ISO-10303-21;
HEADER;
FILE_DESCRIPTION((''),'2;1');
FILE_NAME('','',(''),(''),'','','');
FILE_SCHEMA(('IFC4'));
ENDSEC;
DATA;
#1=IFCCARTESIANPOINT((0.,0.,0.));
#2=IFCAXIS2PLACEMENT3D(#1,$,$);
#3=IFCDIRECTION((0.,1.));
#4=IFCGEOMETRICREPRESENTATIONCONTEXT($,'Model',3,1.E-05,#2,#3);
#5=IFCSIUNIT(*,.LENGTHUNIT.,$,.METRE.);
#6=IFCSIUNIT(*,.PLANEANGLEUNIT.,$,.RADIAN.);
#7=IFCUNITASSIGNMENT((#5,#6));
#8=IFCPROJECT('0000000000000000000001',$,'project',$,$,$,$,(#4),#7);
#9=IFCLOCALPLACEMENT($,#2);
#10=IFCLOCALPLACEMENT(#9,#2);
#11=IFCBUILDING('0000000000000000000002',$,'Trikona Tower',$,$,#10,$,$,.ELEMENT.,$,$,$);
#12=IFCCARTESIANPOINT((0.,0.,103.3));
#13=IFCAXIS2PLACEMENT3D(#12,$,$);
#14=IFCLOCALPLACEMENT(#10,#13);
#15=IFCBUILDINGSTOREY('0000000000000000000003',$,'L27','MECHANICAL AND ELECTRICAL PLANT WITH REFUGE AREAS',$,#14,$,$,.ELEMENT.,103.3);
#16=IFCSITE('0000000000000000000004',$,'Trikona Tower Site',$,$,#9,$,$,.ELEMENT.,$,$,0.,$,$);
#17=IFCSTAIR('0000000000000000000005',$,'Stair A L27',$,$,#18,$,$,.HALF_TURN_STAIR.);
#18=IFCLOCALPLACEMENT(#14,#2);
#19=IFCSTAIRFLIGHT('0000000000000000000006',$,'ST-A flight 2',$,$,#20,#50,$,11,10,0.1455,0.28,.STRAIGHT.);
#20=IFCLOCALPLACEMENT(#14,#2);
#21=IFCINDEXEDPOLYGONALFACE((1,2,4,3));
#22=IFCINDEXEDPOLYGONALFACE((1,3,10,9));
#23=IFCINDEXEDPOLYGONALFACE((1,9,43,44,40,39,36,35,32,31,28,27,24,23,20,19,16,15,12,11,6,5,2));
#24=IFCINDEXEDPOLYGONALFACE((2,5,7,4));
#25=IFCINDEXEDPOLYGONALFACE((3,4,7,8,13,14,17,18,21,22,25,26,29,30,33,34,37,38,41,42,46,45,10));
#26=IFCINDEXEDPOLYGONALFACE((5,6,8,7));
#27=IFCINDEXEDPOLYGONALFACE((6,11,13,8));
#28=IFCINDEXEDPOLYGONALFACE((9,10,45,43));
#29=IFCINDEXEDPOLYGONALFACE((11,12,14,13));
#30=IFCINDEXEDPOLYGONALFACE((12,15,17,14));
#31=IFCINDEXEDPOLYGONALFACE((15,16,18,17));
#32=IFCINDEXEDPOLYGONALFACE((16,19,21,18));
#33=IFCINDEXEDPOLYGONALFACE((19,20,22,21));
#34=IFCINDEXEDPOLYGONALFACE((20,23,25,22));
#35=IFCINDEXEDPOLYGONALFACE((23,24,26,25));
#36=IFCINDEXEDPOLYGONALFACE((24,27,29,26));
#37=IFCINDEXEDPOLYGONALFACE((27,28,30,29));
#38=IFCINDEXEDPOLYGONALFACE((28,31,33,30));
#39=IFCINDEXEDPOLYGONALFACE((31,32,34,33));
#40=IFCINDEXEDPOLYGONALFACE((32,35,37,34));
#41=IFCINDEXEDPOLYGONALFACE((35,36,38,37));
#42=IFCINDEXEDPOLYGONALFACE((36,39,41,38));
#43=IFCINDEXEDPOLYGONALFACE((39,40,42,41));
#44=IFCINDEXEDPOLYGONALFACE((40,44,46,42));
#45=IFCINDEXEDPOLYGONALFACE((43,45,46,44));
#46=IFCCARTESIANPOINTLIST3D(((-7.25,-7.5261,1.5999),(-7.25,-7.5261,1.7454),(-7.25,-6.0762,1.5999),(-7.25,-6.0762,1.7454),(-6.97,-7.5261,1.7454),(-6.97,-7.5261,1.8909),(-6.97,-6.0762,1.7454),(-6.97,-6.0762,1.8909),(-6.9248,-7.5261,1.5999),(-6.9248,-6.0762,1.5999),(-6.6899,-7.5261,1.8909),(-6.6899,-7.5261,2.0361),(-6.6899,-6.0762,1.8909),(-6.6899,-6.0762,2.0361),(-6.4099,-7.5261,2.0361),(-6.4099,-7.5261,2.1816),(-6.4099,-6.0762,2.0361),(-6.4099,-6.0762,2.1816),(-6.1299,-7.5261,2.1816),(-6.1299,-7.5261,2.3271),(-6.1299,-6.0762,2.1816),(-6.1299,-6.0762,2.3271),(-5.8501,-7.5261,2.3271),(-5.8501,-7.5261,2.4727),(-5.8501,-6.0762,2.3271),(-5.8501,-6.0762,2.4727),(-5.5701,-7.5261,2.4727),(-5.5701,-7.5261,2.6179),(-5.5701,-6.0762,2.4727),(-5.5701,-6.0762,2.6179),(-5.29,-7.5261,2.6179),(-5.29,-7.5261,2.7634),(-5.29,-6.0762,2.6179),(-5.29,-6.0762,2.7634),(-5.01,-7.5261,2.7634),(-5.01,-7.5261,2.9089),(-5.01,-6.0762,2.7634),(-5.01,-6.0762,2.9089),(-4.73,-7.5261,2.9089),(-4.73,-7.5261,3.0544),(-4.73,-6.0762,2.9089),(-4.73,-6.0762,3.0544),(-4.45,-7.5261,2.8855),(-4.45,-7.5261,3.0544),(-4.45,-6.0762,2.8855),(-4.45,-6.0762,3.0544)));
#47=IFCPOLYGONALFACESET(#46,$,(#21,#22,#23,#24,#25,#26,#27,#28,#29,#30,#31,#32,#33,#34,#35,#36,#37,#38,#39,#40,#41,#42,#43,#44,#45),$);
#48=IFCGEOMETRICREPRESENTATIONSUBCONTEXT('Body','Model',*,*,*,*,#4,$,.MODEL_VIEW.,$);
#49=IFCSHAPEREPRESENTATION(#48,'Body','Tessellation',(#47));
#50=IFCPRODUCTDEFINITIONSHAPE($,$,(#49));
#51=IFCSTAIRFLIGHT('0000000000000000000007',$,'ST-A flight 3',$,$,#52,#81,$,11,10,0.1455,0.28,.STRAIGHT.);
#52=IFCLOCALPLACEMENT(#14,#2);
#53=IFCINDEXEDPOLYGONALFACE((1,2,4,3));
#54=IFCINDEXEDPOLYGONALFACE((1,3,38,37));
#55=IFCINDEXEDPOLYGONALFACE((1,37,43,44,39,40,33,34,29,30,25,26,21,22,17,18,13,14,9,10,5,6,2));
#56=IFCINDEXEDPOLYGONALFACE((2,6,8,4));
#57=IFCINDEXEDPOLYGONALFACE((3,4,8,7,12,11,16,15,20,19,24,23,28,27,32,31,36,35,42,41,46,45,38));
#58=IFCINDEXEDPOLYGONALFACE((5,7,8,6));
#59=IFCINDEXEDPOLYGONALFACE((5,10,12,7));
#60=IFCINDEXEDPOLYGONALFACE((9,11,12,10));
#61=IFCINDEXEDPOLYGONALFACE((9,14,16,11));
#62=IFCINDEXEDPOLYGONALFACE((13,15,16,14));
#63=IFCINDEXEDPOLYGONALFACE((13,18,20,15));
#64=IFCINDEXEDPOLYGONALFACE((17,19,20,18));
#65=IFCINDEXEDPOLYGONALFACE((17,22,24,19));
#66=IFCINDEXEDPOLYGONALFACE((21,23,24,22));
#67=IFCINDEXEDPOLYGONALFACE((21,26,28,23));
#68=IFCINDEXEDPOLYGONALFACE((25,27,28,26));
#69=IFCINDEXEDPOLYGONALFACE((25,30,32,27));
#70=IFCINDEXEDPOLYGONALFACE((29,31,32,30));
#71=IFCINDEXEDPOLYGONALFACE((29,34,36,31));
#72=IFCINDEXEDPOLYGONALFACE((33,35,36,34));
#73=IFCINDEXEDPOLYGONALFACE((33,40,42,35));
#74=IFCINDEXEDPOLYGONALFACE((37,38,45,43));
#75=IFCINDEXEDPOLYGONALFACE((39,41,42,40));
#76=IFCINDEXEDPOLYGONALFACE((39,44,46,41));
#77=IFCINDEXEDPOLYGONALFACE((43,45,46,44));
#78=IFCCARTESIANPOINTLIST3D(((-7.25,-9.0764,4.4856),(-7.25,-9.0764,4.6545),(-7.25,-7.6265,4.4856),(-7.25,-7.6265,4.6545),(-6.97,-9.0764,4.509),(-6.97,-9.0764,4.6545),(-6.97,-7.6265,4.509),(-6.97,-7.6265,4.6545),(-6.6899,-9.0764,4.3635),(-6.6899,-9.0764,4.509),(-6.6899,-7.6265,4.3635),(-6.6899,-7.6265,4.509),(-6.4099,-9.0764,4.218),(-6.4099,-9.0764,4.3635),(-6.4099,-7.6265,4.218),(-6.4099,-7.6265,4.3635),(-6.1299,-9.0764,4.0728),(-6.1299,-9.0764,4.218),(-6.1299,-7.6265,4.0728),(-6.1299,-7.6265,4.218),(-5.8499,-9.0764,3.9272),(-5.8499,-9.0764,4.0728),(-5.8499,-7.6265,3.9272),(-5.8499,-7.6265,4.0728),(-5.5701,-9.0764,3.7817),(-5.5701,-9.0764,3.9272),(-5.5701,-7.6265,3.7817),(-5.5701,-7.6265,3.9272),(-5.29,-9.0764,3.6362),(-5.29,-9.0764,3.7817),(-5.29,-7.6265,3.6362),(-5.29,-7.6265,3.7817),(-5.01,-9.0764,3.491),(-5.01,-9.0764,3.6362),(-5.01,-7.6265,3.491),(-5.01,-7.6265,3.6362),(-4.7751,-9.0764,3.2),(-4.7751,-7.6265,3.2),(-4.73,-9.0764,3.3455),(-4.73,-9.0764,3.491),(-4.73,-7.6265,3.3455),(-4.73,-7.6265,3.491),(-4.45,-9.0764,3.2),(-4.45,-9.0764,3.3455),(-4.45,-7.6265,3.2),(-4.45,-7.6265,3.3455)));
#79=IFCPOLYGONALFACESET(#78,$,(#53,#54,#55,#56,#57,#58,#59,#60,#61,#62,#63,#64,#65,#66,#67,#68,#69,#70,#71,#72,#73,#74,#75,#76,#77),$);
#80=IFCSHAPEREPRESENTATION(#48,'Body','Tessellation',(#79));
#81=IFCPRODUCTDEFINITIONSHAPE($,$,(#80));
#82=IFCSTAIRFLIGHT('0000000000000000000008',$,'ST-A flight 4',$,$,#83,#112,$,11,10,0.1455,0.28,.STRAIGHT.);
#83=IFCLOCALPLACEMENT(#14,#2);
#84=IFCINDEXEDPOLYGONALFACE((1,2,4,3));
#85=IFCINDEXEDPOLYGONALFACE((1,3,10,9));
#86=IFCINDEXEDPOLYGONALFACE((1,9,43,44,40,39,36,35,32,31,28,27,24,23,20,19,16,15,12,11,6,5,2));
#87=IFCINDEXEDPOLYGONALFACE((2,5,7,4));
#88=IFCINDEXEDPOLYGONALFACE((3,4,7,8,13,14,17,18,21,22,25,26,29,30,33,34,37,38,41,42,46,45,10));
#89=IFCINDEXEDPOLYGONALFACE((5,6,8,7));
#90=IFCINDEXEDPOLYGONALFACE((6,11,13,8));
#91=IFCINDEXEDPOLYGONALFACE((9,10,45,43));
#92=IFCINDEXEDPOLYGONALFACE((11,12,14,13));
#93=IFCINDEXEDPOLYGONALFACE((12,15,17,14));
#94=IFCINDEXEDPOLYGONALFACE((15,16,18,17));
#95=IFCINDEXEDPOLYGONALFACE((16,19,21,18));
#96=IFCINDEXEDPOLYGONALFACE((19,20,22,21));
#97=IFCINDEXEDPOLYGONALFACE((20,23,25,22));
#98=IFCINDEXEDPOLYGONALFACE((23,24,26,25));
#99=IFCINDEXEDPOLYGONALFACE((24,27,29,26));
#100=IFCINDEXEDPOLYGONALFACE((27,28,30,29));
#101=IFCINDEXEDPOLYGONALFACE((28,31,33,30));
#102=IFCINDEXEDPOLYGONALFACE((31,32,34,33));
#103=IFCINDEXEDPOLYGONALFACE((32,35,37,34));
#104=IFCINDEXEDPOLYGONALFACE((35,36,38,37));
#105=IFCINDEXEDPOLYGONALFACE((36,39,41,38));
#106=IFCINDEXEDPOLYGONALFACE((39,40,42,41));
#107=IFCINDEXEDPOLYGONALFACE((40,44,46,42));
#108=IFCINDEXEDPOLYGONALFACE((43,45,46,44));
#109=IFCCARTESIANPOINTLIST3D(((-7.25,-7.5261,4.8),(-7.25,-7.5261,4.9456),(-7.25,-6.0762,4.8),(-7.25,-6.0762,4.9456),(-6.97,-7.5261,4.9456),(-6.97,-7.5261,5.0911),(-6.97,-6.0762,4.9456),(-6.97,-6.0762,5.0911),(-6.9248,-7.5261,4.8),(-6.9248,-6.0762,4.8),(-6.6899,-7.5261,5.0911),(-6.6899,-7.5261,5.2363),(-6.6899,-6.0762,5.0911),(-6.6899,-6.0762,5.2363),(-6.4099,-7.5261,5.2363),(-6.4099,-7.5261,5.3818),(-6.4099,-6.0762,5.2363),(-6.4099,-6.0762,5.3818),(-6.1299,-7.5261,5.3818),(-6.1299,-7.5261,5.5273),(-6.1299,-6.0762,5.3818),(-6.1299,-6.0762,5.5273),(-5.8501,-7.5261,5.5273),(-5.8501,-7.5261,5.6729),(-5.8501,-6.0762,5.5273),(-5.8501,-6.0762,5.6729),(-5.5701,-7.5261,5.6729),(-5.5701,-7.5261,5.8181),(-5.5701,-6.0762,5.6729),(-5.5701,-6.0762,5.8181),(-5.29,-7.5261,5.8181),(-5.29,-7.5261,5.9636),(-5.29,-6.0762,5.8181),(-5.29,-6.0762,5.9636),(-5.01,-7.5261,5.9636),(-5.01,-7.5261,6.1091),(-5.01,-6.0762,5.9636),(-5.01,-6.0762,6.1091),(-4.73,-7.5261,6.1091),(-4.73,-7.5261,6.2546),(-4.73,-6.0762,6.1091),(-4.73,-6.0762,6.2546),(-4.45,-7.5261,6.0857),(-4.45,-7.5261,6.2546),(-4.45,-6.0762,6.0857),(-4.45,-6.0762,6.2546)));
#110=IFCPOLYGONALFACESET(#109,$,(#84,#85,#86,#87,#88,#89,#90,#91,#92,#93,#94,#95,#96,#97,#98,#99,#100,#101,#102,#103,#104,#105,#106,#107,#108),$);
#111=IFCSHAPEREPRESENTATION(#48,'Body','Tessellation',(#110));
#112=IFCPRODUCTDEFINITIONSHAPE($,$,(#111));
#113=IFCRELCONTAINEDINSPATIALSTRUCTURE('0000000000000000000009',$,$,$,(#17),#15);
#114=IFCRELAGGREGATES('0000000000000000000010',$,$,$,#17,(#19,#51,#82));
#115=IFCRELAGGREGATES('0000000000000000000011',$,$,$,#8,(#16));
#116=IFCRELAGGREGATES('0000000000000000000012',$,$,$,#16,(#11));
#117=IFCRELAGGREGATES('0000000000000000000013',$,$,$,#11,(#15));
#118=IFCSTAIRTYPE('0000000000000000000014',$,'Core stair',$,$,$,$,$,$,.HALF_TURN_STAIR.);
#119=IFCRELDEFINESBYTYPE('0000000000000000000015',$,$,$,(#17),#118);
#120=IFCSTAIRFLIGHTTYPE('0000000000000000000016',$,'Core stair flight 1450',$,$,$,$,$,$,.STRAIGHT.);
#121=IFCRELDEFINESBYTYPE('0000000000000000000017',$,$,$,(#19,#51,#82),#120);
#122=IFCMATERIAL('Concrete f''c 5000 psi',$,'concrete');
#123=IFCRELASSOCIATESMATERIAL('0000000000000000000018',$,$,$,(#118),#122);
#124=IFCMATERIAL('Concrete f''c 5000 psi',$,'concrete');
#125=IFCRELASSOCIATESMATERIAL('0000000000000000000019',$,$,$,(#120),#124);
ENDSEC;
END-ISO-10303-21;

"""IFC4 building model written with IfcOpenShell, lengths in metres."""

from ifc_helpers import new_model, si_unit, direction, frame, origin, place, context, subcontext, project, spatial, polyline, outline, extrude, material, type_object, element, aggregate, save


model = new_model("IFC4")

# Units and contexts
model_context = context("Model", 3, precision=1e-05, world=origin(), true_north=direction((0.0, 1.0)))
body_context = subcontext(model_context, "Body", "Model", "MODEL_VIEW")
ifc_project = project(units=[si_unit("LENGTHUNIT", "METRE"), si_unit("PLANEANGLEUNIT", "RADIAN")], contexts=[model_context])

# Site, building, storey
site_placement = place(None, origin())
site = spatial("IfcSite", under=ifc_project, at=site_placement, Name="Trikona Tower Site", CompositionType="ELEMENT", RefElevation=0.0)
building_placement = place(site_placement, origin())
building = spatial("IfcBuilding", under=site, at=building_placement, Name="Trikona Tower", CompositionType="ELEMENT")
storey_placement = place(building_placement, frame((0.0, 0.0, 103.3)))
storey = spatial("IfcBuildingStorey", under=building, at=storey_placement, Name="L27", Description="MECHANICAL AND ELECTRICAL PLANT WITH REFUGE AREAS", CompositionType="ELEMENT", Elevation=103.3)

# Stair, stair flights
ifc_material_1 = material(Name="Concrete f'c 5000 psi", Category="concrete")
stair_type = type_object("IfcStairType", Name="Core stair", PredefinedType="HALF_TURN_STAIR", material=ifc_material_1)
stair_placement = place(storey_placement, origin())
stair = element("IfcStair", 1, at=stair_placement, inside=storey, type_object=stair_type, Name="Stair A L27", PredefinedType="HALF_TURN_STAIR")
ifc_material_2 = material(Name="Concrete f'c 5000 psi", Category="concrete")
stair_flight_type = type_object("IfcStairFlightType", Name="Core stair flight 1450", PredefinedType="STRAIGHT", material=ifc_material_2)
stair_flight_1_placement = place(storey_placement, frame((-7.25, -6.8013, 1.5999), z_axis=(0.0, 0.0, 1.0), x_axis=(1.0, 0.0, 0.0)))
stair_flight_1 = element("IfcStairFlight", 2, at=stair_flight_1_placement, type_object=stair_flight_type, Name="ST-A flight 2", NumberOfRisers=11, NumberOfTreads=10, PredefinedType="STRAIGHT", RiserHeight=0.1455, TreadLength=0.28, context=body_context, shape_type="SweptSolid", body=[
    extrude(outline(polyline([(0.0, 0.0), (0.0, 0.1455), (0.28, 0.1455), (0.28, 0.291), (0.5601, 0.291), (0.5601, 0.4363), (0.8401, 0.4363), (0.8401, 0.5818), (1.1201, 0.5818), (1.1201, 0.7273), (1.3999, 0.7273), (1.3999, 0.8728), (1.6799, 0.8728), (1.6799, 1.0181), (1.96, 1.0181), (1.96, 1.1636), (2.24, 1.1636), (2.24, 1.3091), (2.52, 1.3091), (2.52, 1.4546), (2.8, 1.4546), (2.8, 1.6001), (2.8, 1.2856), (0.3252, 0.0), (0.0, 0.0)])), frame((0.0, 0.7251, 0.0), z_axis=(0.0, -1.0, 0.0), x_axis=(1.0, 0.0, 0.0)), (0.0, 0.0, 1.0), 1.45),
])
stair_flight_2_placement = place(storey_placement, frame((-4.45, -8.3513, 3.2), z_axis=(0.0, 0.0, 1.0), x_axis=(-1.0, 0.0, 0.0)))
stair_flight_2 = element("IfcStairFlight", 3, at=stair_flight_2_placement, type_object=stair_flight_type, Name="ST-A flight 3", NumberOfRisers=11, NumberOfTreads=10, PredefinedType="STRAIGHT", RiserHeight=0.1455, TreadLength=0.28, context=body_context, shape_type="SweptSolid", body=[
    extrude(outline(polyline([(0.0, 0.0), (0.0, 0.1455), (0.28, 0.1455), (0.28, 0.291), (0.5601, 0.291), (0.5601, 0.4363), (0.8401, 0.4363), (0.8401, 0.5818), (1.1201, 0.5818), (1.1201, 0.7273), (1.3999, 0.7273), (1.3999, 0.8728), (1.6799, 0.8728), (1.6799, 1.0181), (1.96, 1.0181), (1.96, 1.1636), (2.24, 1.1636), (2.24, 1.3091), (2.52, 1.3091), (2.52, 1.4546), (2.8, 1.4546), (2.8, 1.6001), (2.8, 1.2856), (0.3252, 0.0), (0.0, 0.0)])), frame((0.0, 0.7251, 0.0), z_axis=(0.0, -1.0, 0.0), x_axis=(1.0, 0.0, 0.0)), (0.0, 0.0, 1.0), 1.45),
])
stair_flight_3_placement = place(storey_placement, frame((-7.25, -6.8013, 4.8), z_axis=(0.0, 0.0, 1.0), x_axis=(1.0, 0.0, 0.0)))
stair_flight_3 = element("IfcStairFlight", 4, at=stair_flight_3_placement, type_object=stair_flight_type, Name="ST-A flight 4", NumberOfRisers=11, NumberOfTreads=10, PredefinedType="STRAIGHT", RiserHeight=0.1455, TreadLength=0.28, context=body_context, shape_type="SweptSolid", body=[
    extrude(outline(polyline([(0.0, 0.0), (0.0, 0.1455), (0.28, 0.1455), (0.28, 0.291), (0.5601, 0.291), (0.5601, 0.4363), (0.8401, 0.4363), (0.8401, 0.5818), (1.1201, 0.5818), (1.1201, 0.7273), (1.3999, 0.7273), (1.3999, 0.8728), (1.6799, 0.8728), (1.6799, 1.0181), (1.96, 1.0181), (1.96, 1.1636), (2.24, 1.1636), (2.24, 1.3091), (2.52, 1.3091), (2.52, 1.4546), (2.8, 1.4546), (2.8, 1.6001), (2.8, 1.2856), (0.3252, 0.0), (0.0, 0.0)])), frame((0.0, 0.7251, 0.0), z_axis=(0.0, -1.0, 0.0), x_axis=(1.0, 0.0, 0.0)), (0.0, 0.0, 1.0), 1.45),
])
aggregate(stair, [stair_flight_1, stair_flight_2, stair_flight_3])

save(model, "model.ifc")
